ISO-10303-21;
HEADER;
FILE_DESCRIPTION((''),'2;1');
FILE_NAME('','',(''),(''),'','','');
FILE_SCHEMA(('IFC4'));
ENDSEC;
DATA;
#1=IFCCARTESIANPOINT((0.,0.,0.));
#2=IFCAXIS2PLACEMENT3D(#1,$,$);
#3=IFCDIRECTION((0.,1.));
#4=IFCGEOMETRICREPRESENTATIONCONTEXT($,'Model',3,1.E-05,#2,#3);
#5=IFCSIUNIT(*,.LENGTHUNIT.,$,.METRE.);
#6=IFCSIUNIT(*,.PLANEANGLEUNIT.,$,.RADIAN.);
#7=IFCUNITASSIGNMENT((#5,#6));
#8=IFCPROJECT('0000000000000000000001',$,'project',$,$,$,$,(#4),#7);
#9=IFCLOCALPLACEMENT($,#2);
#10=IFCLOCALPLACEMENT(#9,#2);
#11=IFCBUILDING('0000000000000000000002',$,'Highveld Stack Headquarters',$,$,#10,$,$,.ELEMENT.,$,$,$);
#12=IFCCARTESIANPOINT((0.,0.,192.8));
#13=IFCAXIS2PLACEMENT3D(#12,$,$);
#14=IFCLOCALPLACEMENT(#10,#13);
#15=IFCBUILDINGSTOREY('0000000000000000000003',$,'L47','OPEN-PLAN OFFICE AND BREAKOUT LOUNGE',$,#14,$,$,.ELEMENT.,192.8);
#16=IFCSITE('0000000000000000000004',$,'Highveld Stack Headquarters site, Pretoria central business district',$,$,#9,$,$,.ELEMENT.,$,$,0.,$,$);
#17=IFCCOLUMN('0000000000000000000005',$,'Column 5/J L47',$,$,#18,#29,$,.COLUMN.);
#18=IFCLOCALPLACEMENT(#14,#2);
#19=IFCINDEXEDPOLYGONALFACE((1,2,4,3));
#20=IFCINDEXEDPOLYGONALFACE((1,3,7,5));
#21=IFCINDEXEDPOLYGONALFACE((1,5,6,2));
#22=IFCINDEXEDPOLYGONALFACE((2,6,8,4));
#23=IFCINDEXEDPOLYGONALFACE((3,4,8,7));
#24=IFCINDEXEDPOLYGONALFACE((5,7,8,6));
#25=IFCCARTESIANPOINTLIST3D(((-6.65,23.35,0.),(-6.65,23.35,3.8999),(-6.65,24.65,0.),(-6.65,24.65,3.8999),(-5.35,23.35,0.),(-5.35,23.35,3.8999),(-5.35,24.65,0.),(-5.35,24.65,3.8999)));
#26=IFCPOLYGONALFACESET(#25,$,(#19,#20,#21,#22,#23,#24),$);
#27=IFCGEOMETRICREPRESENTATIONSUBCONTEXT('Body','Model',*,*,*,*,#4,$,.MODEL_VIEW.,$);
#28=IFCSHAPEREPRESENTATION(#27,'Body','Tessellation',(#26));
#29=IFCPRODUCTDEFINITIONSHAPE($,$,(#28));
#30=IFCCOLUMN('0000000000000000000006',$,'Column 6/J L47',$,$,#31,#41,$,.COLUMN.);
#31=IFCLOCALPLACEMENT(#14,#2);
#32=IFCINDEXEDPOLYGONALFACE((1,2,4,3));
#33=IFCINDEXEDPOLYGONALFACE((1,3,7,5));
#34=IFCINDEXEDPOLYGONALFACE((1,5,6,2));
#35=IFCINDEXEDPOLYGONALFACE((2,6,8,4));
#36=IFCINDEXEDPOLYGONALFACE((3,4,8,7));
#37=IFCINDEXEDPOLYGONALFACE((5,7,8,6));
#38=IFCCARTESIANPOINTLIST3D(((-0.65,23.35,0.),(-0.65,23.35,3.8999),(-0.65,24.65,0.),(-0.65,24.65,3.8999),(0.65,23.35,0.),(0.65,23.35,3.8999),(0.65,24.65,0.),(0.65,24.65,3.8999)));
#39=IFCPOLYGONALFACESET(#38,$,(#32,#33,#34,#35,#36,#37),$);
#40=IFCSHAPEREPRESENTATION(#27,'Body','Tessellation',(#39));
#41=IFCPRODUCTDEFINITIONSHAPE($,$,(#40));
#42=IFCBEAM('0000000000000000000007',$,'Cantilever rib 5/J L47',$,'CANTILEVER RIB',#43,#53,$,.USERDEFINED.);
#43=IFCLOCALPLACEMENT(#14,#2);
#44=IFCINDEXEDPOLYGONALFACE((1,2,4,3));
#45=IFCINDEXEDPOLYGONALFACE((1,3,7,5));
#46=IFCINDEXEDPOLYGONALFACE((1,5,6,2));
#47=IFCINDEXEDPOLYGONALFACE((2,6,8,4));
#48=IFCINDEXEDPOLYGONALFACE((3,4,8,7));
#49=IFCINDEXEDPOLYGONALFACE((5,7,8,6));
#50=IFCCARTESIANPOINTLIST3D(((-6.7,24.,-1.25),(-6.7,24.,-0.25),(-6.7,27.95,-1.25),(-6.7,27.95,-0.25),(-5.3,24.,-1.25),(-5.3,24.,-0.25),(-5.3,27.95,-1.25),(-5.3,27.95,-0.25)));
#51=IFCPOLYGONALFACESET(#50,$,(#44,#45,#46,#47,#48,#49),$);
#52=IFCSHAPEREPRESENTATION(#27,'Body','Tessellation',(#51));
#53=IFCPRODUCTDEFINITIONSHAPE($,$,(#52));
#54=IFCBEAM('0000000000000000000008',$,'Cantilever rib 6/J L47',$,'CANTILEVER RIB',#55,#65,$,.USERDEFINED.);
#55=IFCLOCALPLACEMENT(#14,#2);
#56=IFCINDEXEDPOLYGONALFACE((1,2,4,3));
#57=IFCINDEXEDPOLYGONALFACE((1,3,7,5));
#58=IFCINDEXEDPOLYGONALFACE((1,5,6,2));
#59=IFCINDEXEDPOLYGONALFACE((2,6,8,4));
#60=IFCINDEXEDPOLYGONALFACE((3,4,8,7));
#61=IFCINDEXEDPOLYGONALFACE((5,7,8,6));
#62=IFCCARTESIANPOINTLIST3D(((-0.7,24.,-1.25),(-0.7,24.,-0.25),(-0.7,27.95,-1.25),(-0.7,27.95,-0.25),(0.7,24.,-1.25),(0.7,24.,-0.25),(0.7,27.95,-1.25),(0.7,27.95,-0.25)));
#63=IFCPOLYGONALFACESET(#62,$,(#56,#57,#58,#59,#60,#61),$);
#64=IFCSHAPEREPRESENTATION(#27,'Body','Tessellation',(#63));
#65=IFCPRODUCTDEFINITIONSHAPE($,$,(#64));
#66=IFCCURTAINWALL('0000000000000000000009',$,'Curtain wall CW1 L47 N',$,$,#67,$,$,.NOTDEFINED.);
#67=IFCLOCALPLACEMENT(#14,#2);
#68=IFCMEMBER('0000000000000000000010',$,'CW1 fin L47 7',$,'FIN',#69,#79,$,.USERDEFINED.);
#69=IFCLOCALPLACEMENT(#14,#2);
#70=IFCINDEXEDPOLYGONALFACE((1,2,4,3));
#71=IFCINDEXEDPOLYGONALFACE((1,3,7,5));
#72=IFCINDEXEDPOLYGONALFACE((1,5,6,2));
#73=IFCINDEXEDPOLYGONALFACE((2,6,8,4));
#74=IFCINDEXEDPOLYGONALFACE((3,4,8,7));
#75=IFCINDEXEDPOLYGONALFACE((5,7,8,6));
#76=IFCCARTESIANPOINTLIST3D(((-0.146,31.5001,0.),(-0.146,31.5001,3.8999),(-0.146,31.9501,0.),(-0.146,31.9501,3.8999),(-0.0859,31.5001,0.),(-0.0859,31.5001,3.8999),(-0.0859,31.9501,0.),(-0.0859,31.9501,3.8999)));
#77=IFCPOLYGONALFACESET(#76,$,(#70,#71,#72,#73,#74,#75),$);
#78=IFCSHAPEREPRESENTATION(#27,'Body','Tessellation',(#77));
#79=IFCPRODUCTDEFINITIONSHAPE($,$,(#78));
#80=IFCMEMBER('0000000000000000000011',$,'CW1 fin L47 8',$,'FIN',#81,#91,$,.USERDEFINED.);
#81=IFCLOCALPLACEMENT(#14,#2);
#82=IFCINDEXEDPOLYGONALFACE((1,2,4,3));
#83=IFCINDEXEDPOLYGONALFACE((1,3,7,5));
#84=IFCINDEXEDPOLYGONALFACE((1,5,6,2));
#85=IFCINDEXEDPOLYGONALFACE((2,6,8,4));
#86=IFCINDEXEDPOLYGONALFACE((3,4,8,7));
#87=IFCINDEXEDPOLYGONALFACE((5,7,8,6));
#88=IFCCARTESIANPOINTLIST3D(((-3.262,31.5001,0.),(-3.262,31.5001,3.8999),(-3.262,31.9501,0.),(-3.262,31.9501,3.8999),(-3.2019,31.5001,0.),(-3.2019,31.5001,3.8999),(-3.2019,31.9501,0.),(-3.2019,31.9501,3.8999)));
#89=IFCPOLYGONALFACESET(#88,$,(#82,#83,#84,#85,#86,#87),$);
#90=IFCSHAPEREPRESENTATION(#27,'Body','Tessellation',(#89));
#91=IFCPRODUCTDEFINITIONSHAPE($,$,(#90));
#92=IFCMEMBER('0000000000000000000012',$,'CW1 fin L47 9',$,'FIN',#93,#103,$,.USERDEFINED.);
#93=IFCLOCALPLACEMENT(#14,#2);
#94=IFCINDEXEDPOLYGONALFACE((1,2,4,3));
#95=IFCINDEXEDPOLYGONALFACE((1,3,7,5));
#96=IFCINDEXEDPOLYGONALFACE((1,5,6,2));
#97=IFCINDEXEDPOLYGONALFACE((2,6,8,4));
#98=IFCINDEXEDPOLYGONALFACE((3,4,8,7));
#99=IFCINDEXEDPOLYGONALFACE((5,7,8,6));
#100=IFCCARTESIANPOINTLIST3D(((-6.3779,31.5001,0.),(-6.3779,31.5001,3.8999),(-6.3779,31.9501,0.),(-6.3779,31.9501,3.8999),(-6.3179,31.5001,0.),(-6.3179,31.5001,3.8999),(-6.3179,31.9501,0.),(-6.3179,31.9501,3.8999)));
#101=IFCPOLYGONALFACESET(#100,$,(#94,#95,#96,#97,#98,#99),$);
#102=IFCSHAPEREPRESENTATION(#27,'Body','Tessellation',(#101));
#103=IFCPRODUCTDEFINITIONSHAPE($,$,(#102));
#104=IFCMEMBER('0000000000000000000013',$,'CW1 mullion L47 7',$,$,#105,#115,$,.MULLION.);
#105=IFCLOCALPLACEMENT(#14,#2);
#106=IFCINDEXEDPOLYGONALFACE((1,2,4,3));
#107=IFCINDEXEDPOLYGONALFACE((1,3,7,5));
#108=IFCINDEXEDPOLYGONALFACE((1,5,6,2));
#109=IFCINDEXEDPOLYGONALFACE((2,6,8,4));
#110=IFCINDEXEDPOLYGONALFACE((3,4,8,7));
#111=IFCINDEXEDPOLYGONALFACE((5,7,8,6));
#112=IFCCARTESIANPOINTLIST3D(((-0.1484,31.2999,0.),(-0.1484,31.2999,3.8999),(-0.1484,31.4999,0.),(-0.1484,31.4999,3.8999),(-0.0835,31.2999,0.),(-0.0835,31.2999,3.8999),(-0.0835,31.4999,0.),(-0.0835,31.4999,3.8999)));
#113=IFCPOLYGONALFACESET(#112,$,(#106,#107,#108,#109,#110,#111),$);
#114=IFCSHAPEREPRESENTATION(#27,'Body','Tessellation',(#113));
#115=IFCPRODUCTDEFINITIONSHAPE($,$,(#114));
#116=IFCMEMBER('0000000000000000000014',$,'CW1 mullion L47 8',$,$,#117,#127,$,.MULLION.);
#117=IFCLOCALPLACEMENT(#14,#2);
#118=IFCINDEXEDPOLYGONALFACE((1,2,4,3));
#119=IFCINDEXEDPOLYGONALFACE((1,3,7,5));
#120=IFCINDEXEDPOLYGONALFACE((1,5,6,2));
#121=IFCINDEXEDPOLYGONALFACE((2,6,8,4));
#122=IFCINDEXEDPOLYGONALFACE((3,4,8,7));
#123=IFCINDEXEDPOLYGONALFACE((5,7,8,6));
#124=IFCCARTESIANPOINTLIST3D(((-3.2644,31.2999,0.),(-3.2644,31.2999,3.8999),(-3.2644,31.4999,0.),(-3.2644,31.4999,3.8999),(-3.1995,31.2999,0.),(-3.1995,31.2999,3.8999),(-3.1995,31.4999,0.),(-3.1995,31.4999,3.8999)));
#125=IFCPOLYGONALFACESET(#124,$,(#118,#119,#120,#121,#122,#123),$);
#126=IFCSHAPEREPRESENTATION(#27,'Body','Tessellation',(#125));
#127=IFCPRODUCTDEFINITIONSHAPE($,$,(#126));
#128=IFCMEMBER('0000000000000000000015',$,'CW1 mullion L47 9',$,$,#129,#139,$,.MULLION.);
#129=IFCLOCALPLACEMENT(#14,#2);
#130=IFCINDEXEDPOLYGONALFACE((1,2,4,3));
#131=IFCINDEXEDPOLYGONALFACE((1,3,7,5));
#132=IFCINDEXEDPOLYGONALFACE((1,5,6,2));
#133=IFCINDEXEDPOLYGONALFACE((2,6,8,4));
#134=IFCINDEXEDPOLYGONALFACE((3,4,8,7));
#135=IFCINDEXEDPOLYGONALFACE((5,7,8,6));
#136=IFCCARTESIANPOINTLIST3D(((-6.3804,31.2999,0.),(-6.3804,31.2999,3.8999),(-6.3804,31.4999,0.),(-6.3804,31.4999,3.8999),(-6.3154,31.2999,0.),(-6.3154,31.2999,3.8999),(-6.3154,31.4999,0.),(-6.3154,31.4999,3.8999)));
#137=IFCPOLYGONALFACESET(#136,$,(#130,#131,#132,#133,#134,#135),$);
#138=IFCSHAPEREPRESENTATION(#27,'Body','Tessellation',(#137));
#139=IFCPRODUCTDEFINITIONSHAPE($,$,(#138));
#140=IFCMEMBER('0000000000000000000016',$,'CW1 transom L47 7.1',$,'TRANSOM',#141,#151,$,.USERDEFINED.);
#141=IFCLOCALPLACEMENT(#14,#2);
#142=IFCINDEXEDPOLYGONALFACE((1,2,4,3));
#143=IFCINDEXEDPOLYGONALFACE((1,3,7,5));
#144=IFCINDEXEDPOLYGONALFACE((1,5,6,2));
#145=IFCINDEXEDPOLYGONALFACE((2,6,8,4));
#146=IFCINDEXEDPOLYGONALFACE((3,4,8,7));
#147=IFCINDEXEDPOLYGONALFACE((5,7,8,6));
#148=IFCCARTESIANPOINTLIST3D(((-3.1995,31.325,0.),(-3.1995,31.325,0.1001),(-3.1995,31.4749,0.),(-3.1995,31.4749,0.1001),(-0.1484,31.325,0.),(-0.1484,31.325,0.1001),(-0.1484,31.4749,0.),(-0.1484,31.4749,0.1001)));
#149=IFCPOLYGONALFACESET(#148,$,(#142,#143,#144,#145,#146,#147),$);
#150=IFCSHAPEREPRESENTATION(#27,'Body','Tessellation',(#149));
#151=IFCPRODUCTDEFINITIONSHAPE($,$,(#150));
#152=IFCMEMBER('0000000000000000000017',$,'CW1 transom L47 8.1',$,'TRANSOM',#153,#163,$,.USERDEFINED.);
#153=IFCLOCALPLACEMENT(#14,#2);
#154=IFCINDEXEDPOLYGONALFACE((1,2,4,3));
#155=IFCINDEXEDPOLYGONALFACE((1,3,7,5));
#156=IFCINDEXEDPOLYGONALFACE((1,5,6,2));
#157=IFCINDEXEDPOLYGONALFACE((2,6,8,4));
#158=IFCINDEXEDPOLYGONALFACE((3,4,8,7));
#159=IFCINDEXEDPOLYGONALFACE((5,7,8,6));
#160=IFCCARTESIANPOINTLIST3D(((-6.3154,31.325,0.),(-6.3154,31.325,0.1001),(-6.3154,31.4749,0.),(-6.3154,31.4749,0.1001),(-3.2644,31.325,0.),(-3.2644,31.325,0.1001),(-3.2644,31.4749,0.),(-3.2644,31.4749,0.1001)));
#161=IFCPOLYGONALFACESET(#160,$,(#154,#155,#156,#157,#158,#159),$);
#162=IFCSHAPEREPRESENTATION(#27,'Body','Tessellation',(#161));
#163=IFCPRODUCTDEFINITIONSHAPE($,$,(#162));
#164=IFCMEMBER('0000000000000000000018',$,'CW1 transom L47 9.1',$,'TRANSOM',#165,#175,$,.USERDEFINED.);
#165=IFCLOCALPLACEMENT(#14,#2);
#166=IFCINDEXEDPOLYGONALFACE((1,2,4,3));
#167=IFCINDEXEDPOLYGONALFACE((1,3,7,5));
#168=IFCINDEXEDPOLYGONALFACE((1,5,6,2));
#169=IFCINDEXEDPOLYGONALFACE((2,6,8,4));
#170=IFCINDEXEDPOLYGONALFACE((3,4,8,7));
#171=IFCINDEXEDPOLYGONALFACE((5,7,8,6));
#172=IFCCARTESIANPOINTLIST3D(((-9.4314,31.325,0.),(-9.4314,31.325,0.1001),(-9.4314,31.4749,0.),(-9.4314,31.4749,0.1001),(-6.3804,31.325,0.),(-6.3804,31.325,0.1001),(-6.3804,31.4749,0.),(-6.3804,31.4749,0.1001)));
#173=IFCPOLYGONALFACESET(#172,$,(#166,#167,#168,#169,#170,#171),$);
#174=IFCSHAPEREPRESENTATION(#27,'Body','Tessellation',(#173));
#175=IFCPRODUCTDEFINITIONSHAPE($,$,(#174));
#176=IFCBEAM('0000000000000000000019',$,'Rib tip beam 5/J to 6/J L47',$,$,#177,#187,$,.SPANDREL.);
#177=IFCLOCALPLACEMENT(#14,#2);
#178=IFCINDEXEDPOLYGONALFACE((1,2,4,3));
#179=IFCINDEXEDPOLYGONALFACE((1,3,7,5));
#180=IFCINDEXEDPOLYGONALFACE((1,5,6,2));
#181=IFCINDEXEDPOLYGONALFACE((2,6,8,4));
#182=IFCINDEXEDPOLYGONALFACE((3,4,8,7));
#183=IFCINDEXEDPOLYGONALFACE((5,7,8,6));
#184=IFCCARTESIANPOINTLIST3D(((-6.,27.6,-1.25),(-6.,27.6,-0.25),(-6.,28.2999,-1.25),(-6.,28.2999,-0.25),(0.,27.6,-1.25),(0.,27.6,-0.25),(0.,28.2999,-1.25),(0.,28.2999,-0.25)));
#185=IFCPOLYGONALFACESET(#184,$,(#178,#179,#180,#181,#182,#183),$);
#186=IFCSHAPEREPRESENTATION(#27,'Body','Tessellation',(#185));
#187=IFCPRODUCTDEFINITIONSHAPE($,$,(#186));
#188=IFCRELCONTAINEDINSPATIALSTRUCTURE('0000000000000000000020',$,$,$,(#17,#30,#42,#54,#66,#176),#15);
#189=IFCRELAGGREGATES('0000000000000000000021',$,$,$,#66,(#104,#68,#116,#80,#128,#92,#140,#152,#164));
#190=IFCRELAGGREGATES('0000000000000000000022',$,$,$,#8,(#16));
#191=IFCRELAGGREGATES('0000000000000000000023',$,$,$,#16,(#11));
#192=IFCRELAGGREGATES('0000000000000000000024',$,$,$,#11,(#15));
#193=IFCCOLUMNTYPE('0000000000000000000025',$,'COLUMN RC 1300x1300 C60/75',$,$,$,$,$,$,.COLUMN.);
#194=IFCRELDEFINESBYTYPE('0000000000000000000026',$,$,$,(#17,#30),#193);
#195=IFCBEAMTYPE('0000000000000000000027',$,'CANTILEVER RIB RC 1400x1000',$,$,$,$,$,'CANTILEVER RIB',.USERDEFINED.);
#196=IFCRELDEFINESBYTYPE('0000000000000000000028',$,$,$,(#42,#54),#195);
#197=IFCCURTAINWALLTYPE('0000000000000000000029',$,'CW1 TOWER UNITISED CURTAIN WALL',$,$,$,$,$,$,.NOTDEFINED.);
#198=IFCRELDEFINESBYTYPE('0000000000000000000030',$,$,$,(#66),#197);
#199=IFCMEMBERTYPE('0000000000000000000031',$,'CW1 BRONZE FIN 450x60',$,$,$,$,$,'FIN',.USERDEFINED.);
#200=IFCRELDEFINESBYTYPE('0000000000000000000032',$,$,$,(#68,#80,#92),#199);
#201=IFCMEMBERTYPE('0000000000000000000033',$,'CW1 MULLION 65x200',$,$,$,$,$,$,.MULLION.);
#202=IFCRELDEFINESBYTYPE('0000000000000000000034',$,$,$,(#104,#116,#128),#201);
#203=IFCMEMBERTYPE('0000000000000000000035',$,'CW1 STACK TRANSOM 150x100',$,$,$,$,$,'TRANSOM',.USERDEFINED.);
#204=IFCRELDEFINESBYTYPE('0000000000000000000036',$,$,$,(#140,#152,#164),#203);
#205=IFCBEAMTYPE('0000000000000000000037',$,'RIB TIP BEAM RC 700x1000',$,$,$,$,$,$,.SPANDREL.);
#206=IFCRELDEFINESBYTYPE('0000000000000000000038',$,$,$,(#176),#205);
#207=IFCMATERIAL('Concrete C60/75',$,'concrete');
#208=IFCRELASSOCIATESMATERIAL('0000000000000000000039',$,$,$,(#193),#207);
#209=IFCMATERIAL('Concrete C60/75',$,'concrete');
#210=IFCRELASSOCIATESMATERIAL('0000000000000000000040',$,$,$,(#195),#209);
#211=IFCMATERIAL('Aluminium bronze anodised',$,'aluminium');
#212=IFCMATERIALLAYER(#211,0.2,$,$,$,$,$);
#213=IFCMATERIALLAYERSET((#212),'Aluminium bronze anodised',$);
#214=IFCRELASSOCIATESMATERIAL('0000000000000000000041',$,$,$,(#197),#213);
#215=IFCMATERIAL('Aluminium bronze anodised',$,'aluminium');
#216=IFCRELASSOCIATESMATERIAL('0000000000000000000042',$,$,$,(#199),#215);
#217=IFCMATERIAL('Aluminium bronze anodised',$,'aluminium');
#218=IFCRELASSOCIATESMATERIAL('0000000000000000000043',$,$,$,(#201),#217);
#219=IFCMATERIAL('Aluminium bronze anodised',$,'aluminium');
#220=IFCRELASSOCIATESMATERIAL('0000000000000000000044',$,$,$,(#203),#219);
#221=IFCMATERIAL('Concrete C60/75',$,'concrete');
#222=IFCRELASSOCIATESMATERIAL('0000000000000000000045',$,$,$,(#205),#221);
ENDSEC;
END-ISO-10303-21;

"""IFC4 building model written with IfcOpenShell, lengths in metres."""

from ifc_helpers import new_model, si_unit, direction, frame, origin, origin_2d, place, context, subcontext, project, spatial, rectangle, extrude, material, layer, layer_set, material_profile, profile_set, type_object, element, aggregate, save


model = new_model("IFC4")

# Units and contexts
model_context = context("Model", 3, precision=1e-05, world=origin(), true_north=direction((0.0, 1.0)))
body_context = subcontext(model_context, "Body", "Model", "MODEL_VIEW")
ifc_project = project(units=[si_unit("LENGTHUNIT", "METRE"), si_unit("PLANEANGLEUNIT", "RADIAN")], contexts=[model_context])

# Site, building, storey
site_placement = place(None, origin())
site = spatial("IfcSite", under=ifc_project, at=site_placement, Name="Highveld Stack Headquarters site, Pretoria central business district", CompositionType="ELEMENT", RefElevation=0.0)
building_placement = place(site_placement, origin())
building = spatial("IfcBuilding", under=site, at=building_placement, Name="Highveld Stack Headquarters", CompositionType="ELEMENT")
storey_placement = place(building_placement, frame((0.0, 0.0, 192.8)))
storey = spatial("IfcBuildingStorey", under=building, at=storey_placement, Name="L47", Description="OPEN-PLAN OFFICE AND BREAKOUT LOUNGE", CompositionType="ELEMENT", Elevation=192.8)

# Columns
ifc_material_1 = material(Name="Concrete C60/75", Category="concrete")
ifc_material_profile_1 = material_profile(ifc_material_1, rectangle(XDim=1.3, YDim=1.3, at=origin_2d()), Name="RC 1300x1300")
ifc_profile_set_1 = profile_set([ifc_material_profile_1], Name="Concrete C60/75")
column_type = type_object("IfcColumnType", Name="COLUMN RC 1300x1300 C60/75", PredefinedType="COLUMN", material=ifc_profile_set_1)
for number, where, z_axis, x_axis, name in (
    (1, (-6.0, 24.0, 0.0), (0.0, 0.0, 1.0), (1.0, 0.0, 0.0), "Column 5/J L47"),
    (2, (0.0, 24.0, 0.0), (0.0, 0.0, 1.0), (1.0, 0.0, 0.0), "Column 6/J L47"),
):
    element("IfcColumn", number, at=place(storey_placement, frame(where, z_axis=z_axis, x_axis=x_axis)), inside=storey, type_object=column_type, Name=name, PredefinedType="COLUMN", context=body_context, shape_type="SweptSolid", body=[
        extrude(rectangle(XDim=1.3, YDim=1.3, at=origin_2d()), origin(), (0.0, 0.0, 1.0), 3.8999),
    ])

# Beams
ifc_material_2 = material(Name="Concrete C60/75", Category="concrete")
ifc_material_profile_2 = material_profile(ifc_material_2, rectangle(XDim=1.3999, YDim=1.0, at=origin_2d()), Name="RC 1400x1000")
ifc_profile_set_2 = profile_set([ifc_material_profile_2], Name="Concrete C60/75")
beam_type_1 = type_object("IfcBeamType", Name="CANTILEVER RIB RC 1400x1000", ElementType="CANTILEVER RIB", PredefinedType="USERDEFINED", material=ifc_profile_set_2)
for number, where, z_axis, x_axis, name in (
    (3, (-6.0, 24.0, -0.75), (0.0, 1.0, 0.0), (-1.0, 0.0, 0.0), "Cantilever rib 5/J L47"),
    (4, (0.0, 24.0, -0.75), (0.0, 1.0, 0.0), (-1.0, 0.0, 0.0), "Cantilever rib 6/J L47"),
):
    element("IfcBeam", number, at=place(storey_placement, frame(where, z_axis=z_axis, x_axis=x_axis)), inside=storey, type_object=beam_type_1, Name=name, ObjectType="CANTILEVER RIB", PredefinedType="USERDEFINED", context=body_context, shape_type="SweptSolid", body=[
        extrude(rectangle(XDim=1.3999, YDim=1.0, at=origin_2d()), origin(), (0.0, 0.0, 1.0), 3.95),
    ])

# Curtain wall, members
ifc_material_3 = material(Name="Aluminium bronze anodised", Category="aluminium")
ifc_layer_1 = layer(ifc_material_3, 0.2)
ifc_layer_set_1 = layer_set([ifc_layer_1], Name="Aluminium bronze anodised")
curtain_wall_type = type_object("IfcCurtainWallType", Name="CW1 TOWER UNITISED CURTAIN WALL", PredefinedType="NOTDEFINED", material=ifc_layer_set_1)
curtain_wall_placement = place(storey_placement, origin())
curtain_wall = element("IfcCurtainWall", 5, at=curtain_wall_placement, inside=storey, type_object=curtain_wall_type, Name="Curtain wall CW1 L47 N", PredefinedType="NOTDEFINED")
ifc_material_4 = material(Name="Aluminium bronze anodised", Category="aluminium")
ifc_material_profile_3 = material_profile(ifc_material_4, rectangle(XDim=0.45, YDim=0.0601, at=origin_2d()), Name="FIN 450x60")
ifc_profile_set_3 = profile_set([ifc_material_profile_3], Name="Aluminium bronze anodised")
member_type_1 = type_object("IfcMemberType", Name="CW1 BRONZE FIN 450x60", ElementType="FIN", PredefinedType="USERDEFINED", material=ifc_profile_set_3)
member_1_placement = place(storey_placement, frame((-0.116, 31.7251, 0.0), z_axis=(0.0, 0.0, 1.0), x_axis=(0.0, -1.0, 0.0)))
member_1 = element("IfcMember", 6, at=member_1_placement, type_object=member_type_1, Name="CW1 fin L47 7", ObjectType="FIN", PredefinedType="USERDEFINED", context=body_context, shape_type="SweptSolid", body=[
    extrude(rectangle(XDim=0.45, YDim=0.0601, at=origin_2d()), origin(), (0.0, 0.0, 1.0), 3.8999),
])
member_2_placement = place(storey_placement, frame((-3.2319, 31.7251, 0.0), z_axis=(0.0, 0.0, 1.0), x_axis=(0.0, -1.0, 0.0)))
member_2 = element("IfcMember", 7, at=member_2_placement, type_object=member_type_1, Name="CW1 fin L47 8", ObjectType="FIN", PredefinedType="USERDEFINED", context=body_context, shape_type="SweptSolid", body=[
    extrude(rectangle(XDim=0.45, YDim=0.0601, at=origin_2d()), origin(), (0.0, 0.0, 1.0), 3.8999),
])
member_3_placement = place(storey_placement, frame((-6.3479, 31.7251, 0.0), z_axis=(0.0, 0.0, 1.0), x_axis=(0.0, -1.0, 0.0)))
member_3 = element("IfcMember", 8, at=member_3_placement, type_object=member_type_1, Name="CW1 fin L47 9", ObjectType="FIN", PredefinedType="USERDEFINED", context=body_context, shape_type="SweptSolid", body=[
    extrude(rectangle(XDim=0.45, YDim=0.0601, at=origin_2d()), origin(), (0.0, 0.0, 1.0), 3.8999),
])
ifc_material_5 = material(Name="Aluminium bronze anodised", Category="aluminium")
ifc_material_profile_4 = material_profile(ifc_material_5, rectangle(XDim=0.2, YDim=0.0649, at=origin_2d()), Name="CW1 MULLION 65x200")
ifc_profile_set_4 = profile_set([ifc_material_profile_4], Name="Aluminium bronze anodised")
member_type_2 = type_object("IfcMemberType", Name="CW1 MULLION 65x200", PredefinedType="MULLION", material=ifc_profile_set_4)
member_4_placement = place(storey_placement, frame((-0.116, 31.3999, 0.0), z_axis=(0.0, 0.0, 1.0), x_axis=(0.0, -1.0, 0.0)))
member_4 = element("IfcMember", 9, at=member_4_placement, type_object=member_type_2, Name="CW1 mullion L47 7", PredefinedType="MULLION", context=body_context, shape_type="SweptSolid", body=[
    extrude(rectangle(XDim=0.2, YDim=0.0649, at=origin_2d()), origin(), (0.0, 0.0, 1.0), 3.8999),
])
member_5_placement = place(storey_placement, frame((-3.2319, 31.3999, 0.0), z_axis=(0.0, 0.0, 1.0), x_axis=(0.0, -1.0, 0.0)))
member_5 = element("IfcMember", 10, at=member_5_placement, type_object=member_type_2, Name="CW1 mullion L47 8", PredefinedType="MULLION", context=body_context, shape_type="SweptSolid", body=[
    extrude(rectangle(XDim=0.2, YDim=0.0649, at=origin_2d()), origin(), (0.0, 0.0, 1.0), 3.8999),
])
member_6_placement = place(storey_placement, frame((-6.3479, 31.3999, 0.0), z_axis=(0.0, 0.0, 1.0), x_axis=(0.0, -1.0, 0.0)))
member_6 = element("IfcMember", 11, at=member_6_placement, type_object=member_type_2, Name="CW1 mullion L47 9", PredefinedType="MULLION", context=body_context, shape_type="SweptSolid", body=[
    extrude(rectangle(XDim=0.2, YDim=0.0649, at=origin_2d()), origin(), (0.0, 0.0, 1.0), 3.8999),
])
ifc_material_6 = material(Name="Aluminium bronze anodised", Category="aluminium")
ifc_material_profile_5 = material_profile(ifc_material_6, rectangle(XDim=0.1499, YDim=0.1001, at=origin_2d()), Name="CW1 TRANSOM 150x100")
ifc_profile_set_5 = profile_set([ifc_material_profile_5], Name="Aluminium bronze anodised")
member_type_3 = type_object("IfcMemberType", Name="CW1 STACK TRANSOM 150x100", ElementType="TRANSOM", PredefinedType="USERDEFINED", material=ifc_profile_set_5)
member_7_placement = place(storey_placement, frame((-0.1484, 31.3999, 0.05), z_axis=(-1.0, 0.0, 0.0), x_axis=(0.0, -1.0, 0.0)))
member_7 = element("IfcMember", 12, at=member_7_placement, type_object=member_type_3, Name="CW1 transom L47 7.1", ObjectType="TRANSOM", PredefinedType="USERDEFINED", context=body_context, shape_type="SweptSolid", body=[
    extrude(rectangle(XDim=0.1499, YDim=0.1001, at=origin_2d()), origin(), (0.0, 0.0, 1.0), 3.051),
])
member_8_placement = place(storey_placement, frame((-3.2644, 31.3999, 0.05), z_axis=(-1.0, 0.0, 0.0), x_axis=(0.0, -1.0, 0.0)))
member_8 = element("IfcMember", 13, at=member_8_placement, type_object=member_type_3, Name="CW1 transom L47 8.1", ObjectType="TRANSOM", PredefinedType="USERDEFINED", context=body_context, shape_type="SweptSolid", body=[
    extrude(rectangle(XDim=0.1499, YDim=0.1001, at=origin_2d()), origin(), (0.0, 0.0, 1.0), 3.051),
])
member_9_placement = place(storey_placement, frame((-6.3804, 31.3999, 0.05), z_axis=(-1.0, 0.0, 0.0), x_axis=(0.0, -1.0, 0.0)))
member_9 = element("IfcMember", 14, at=member_9_placement, type_object=member_type_3, Name="CW1 transom L47 9.1", ObjectType="TRANSOM", PredefinedType="USERDEFINED", context=body_context, shape_type="SweptSolid", body=[
    extrude(rectangle(XDim=0.1499, YDim=0.1001, at=origin_2d()), origin(), (0.0, 0.0, 1.0), 3.051),
])

# Beam
ifc_material_7 = material(Name="Concrete C60/75", Category="concrete")
ifc_material_profile_6 = material_profile(ifc_material_7, rectangle(XDim=0.7, YDim=1.0, at=origin_2d()), Name="RC 700x1000")
ifc_profile_set_6 = profile_set([ifc_material_profile_6], Name="Concrete C60/75")
beam_type_2 = type_object("IfcBeamType", Name="RIB TIP BEAM RC 700x1000", PredefinedType="SPANDREL", material=ifc_profile_set_6)
for number, where, z_axis, x_axis, name in (
    (15, (-6.0, 27.95, -0.75), (1.0, 0.0, 0.0), (0.0, 1.0, 0.0), "Rib tip beam 5/J to 6/J L47"),
):
    element("IfcBeam", number, at=place(storey_placement, frame(where, z_axis=z_axis, x_axis=x_axis)), inside=storey, type_object=beam_type_2, Name=name, PredefinedType="SPANDREL", context=body_context, shape_type="SweptSolid", body=[
        extrude(rectangle(XDim=0.7, YDim=1.0, at=origin_2d()), origin(), (0.0, 0.0, 1.0), 6.0),
    ])

aggregate(curtain_wall, [member_4, member_1, member_5, member_2, member_6, member_3, member_7, member_8, member_9])

save(model, "model.ifc")
